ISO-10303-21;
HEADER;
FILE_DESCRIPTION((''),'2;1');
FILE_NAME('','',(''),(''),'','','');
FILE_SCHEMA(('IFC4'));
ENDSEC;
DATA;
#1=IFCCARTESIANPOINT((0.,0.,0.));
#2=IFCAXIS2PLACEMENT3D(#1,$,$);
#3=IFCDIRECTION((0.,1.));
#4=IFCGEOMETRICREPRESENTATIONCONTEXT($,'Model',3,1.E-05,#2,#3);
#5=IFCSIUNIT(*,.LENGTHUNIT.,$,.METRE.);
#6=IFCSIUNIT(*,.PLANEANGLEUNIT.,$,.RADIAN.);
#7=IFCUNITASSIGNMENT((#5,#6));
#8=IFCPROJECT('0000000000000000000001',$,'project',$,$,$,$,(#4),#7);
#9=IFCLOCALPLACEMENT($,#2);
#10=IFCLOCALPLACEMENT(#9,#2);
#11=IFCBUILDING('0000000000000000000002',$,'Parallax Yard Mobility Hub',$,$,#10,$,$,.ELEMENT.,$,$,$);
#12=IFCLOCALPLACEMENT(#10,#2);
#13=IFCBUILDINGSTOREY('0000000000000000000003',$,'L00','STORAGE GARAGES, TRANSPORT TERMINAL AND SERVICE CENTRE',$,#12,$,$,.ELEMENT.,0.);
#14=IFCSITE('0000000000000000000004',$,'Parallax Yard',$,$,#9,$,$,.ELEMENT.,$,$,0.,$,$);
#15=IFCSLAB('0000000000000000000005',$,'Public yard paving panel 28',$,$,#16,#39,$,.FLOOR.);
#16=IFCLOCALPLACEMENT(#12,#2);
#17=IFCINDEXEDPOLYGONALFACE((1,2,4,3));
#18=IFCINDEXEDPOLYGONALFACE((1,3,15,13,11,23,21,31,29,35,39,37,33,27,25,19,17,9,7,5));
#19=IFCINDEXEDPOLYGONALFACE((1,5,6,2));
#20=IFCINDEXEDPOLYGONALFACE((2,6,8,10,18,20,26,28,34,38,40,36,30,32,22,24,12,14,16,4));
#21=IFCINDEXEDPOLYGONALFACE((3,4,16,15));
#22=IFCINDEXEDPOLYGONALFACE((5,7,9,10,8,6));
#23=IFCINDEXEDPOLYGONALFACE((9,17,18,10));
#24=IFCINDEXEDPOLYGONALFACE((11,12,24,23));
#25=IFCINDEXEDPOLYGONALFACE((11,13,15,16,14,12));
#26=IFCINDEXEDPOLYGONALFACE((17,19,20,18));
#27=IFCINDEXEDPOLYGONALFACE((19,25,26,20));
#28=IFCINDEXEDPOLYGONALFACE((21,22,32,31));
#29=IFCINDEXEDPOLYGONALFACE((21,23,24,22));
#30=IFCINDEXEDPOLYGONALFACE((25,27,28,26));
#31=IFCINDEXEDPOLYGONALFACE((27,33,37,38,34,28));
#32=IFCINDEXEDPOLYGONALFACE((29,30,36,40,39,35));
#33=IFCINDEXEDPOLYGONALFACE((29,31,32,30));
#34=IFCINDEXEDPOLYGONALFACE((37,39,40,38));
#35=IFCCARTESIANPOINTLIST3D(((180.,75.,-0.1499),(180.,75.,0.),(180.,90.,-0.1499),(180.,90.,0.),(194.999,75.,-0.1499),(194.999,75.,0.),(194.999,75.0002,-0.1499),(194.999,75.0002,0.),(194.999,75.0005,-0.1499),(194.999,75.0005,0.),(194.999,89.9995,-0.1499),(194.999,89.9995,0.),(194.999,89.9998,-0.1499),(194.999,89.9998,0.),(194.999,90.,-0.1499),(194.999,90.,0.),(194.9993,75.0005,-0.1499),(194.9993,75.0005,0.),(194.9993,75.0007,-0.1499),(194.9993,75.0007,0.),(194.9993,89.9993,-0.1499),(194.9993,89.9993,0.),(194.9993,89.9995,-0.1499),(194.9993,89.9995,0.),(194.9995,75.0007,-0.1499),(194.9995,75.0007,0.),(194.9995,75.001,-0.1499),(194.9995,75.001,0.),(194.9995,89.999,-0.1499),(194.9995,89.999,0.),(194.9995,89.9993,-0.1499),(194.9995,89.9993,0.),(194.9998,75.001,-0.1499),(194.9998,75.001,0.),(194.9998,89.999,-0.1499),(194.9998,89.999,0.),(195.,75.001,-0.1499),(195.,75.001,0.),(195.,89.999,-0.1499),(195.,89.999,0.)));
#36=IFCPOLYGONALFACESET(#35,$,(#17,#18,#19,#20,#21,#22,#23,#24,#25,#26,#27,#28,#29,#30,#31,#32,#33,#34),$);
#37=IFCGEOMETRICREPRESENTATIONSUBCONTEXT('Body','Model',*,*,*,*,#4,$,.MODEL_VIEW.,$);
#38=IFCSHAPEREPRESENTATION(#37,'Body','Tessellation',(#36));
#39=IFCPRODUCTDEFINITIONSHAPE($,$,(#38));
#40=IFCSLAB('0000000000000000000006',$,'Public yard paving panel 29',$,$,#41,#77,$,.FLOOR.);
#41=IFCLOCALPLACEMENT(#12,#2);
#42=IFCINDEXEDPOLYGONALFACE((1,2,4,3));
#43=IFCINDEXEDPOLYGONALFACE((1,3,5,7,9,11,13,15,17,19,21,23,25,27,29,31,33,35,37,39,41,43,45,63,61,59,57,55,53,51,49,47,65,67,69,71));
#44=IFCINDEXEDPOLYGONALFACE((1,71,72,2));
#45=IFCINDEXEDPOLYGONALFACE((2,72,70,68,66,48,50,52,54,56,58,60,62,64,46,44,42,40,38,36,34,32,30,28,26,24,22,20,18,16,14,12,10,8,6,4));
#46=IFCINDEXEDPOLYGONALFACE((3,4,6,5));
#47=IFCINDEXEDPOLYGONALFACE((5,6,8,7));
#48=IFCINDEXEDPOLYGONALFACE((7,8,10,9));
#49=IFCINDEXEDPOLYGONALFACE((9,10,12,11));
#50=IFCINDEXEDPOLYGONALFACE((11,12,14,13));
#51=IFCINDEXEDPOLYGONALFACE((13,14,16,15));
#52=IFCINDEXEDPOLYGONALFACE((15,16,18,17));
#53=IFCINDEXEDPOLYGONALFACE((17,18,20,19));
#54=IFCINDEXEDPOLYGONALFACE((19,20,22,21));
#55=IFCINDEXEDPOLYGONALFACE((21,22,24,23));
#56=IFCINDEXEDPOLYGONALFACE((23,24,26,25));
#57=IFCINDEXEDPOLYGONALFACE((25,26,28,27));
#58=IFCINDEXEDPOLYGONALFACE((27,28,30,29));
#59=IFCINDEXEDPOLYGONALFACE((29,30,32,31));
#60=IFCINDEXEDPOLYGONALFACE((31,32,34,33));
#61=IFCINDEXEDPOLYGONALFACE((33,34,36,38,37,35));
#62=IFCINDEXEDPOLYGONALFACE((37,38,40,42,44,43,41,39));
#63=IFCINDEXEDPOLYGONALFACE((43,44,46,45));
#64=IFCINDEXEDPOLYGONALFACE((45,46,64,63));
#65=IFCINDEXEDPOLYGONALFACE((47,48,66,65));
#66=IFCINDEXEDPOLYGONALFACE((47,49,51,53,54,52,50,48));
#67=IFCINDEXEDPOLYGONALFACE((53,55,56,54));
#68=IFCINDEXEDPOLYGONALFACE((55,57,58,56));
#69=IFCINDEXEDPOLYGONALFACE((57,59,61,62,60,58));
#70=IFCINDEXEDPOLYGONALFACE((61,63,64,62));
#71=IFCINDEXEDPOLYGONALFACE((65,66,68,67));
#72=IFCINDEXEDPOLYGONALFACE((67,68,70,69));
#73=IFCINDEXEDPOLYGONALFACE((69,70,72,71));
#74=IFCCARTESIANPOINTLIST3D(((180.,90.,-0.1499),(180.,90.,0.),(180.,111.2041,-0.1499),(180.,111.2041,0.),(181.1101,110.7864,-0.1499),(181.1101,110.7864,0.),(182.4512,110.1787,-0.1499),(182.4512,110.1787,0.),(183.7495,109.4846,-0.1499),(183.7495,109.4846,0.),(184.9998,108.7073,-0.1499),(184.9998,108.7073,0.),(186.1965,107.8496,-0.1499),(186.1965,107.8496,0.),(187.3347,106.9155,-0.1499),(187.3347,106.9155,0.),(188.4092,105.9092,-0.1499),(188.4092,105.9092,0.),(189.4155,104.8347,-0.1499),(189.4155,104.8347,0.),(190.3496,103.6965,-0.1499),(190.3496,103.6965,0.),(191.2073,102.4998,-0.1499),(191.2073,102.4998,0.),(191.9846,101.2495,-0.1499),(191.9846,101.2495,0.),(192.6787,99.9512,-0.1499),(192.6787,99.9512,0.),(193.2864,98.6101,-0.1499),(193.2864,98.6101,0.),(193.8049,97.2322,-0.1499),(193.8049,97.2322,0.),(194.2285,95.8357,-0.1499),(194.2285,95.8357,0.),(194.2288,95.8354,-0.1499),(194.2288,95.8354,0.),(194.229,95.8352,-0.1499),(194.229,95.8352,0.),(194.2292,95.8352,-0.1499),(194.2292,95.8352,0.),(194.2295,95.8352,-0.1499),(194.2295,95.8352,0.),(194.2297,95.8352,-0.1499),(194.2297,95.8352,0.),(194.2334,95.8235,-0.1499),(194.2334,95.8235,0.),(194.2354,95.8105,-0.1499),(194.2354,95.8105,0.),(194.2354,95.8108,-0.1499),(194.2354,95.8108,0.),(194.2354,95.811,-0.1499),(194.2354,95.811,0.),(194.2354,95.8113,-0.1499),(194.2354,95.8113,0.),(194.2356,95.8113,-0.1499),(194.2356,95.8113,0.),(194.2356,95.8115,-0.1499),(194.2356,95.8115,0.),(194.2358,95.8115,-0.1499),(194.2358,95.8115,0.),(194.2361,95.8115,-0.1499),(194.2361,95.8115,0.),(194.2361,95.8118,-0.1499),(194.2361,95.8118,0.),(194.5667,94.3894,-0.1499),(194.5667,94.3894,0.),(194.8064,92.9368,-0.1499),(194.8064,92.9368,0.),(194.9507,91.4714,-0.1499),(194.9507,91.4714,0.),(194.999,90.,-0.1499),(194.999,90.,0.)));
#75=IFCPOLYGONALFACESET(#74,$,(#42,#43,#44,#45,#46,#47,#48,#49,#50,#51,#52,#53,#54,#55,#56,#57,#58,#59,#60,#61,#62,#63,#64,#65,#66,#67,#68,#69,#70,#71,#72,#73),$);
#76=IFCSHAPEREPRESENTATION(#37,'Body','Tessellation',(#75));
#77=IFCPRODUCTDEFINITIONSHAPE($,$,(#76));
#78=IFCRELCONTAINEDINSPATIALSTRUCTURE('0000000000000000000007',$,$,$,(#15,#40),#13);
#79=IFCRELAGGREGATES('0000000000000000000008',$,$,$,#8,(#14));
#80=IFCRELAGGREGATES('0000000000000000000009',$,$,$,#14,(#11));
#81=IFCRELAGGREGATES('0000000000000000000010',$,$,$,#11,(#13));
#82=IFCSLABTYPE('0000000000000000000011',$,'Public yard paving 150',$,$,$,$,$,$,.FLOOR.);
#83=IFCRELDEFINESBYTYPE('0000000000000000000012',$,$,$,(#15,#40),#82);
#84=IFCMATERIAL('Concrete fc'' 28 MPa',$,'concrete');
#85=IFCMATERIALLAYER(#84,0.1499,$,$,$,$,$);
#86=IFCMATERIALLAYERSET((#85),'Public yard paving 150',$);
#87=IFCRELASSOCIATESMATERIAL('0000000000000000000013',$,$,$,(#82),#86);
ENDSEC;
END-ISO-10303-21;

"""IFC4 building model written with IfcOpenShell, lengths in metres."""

from ifc_helpers import new_model, si_unit, direction, frame, origin, place, context, subcontext, project, spatial, polyline, outline, extrude, material, layer, layer_set, type_object, element, save


model = new_model("IFC4")

# Units and contexts
model_context = context("Model", 3, precision=1e-05, world=origin(), true_north=direction((0.0, 1.0)))
body_context = subcontext(model_context, "Body", "Model", "MODEL_VIEW")
ifc_project = project(units=[si_unit("LENGTHUNIT", "METRE"), si_unit("PLANEANGLEUNIT", "RADIAN")], contexts=[model_context])

# Site, building, storey
site_placement = place(None, origin())
site = spatial("IfcSite", under=ifc_project, at=site_placement, Name="Parallax Yard", CompositionType="ELEMENT", RefElevation=0.0)
building_placement = place(site_placement, origin())
building = spatial("IfcBuilding", under=site, at=building_placement, Name="Parallax Yard Mobility Hub", CompositionType="ELEMENT")
storey_placement = place(building_placement, origin())
storey = spatial("IfcBuildingStorey", under=building, at=storey_placement, Name="L00", Description="STORAGE GARAGES, TRANSPORT TERMINAL AND SERVICE CENTRE", CompositionType="ELEMENT", Elevation=0.0)

# Slabs
ifc_material = material(Name="Concrete fc' 28 MPa", Category="concrete")
ifc_layer_1 = layer(ifc_material, 0.1499)
ifc_layer_set_1 = layer_set([ifc_layer_1], Name="Public yard paving 150")
slab_type_1 = type_object("IfcSlabType", Name="Public yard paving 150", PredefinedType="FLOOR", material=ifc_layer_set_1)
slab_1_placement = place(storey_placement, frame((0.0, 0.0, -0.1499)))
element("IfcSlab", 1, at=slab_1_placement, inside=storey, type_object=slab_type_1, Name="Public yard paving panel 28", PredefinedType="FLOOR", context=body_context, shape_type="SweptSolid", body=[
    extrude(outline(polyline([(194.999, 90.0), (194.999, 90.0), (194.999, 89.9998), (194.999, 89.9998), (194.999, 89.9995), (194.999, 89.9995), (194.9993, 89.9995), (194.9993, 89.9995), (194.9993, 89.9993), (194.9995, 89.9993), (194.9995, 89.9993), (194.9995, 89.999), (194.9995, 89.999), (194.9998, 89.999), (194.9998, 89.999), (195.0, 89.999), (195.0, 89.999), (195.0, 75.001), (195.0, 75.001), (194.9998, 75.001), (194.9998, 75.001), (194.9995, 75.001), (194.9995, 75.001), (194.9995, 75.0007), (194.9995, 75.0007), (194.9993, 75.0007), (194.9993, 75.0005), (194.9993, 75.0005), (194.999, 75.0005), (194.999, 75.0005), (194.999, 75.0002), (194.999, 75.0002), (194.999, 75.0), (194.999, 75.0), (180.0, 75.0), (180.0, 90.0), (194.999, 90.0), (194.999, 90.0)])), origin(), (0.0, 0.0, 1.0), 0.1499),
])
slab_2_placement = place(storey_placement, frame((0.0, 0.0, -0.1499)))
element("IfcSlab", 2, at=slab_2_placement, inside=storey, type_object=slab_type_1, Name="Public yard paving panel 29", PredefinedType="FLOOR", context=body_context, shape_type="SweptSolid", body=[
    extrude(outline(polyline([(181.1101, 110.7864), (182.4512, 110.1787), (183.7495, 109.4846), (184.9998, 108.7073), (186.1965, 107.8496), (187.3347, 106.9155), (188.4092, 105.9092), (189.4155, 104.8347), (190.3496, 103.6965), (191.2073, 102.4998), (191.9846, 101.2495), (192.6787, 99.9512), (193.2864, 98.6101), (193.8049, 97.2322), (194.2285, 95.8357), (194.2285, 95.8357), (194.2285, 95.8357), (194.2288, 95.8354), (194.2288, 95.8354), (194.2288, 95.8354), (194.229, 95.8352), (194.229, 95.8352), (194.229, 95.8352), (194.229, 95.8352), (194.2292, 95.8352), (194.2292, 95.8352), (194.2295, 95.8352), (194.2295, 95.8352), (194.2295, 95.8352), (194.2297, 95.8352), (194.2297, 95.8352), (194.2297, 95.8352), (194.2334, 95.8235), (194.2361, 95.8118), (194.2361, 95.8118), (194.2361, 95.8115), (194.2358, 95.8115), (194.2358, 95.8115), (194.2356, 95.8115), (194.2356, 95.8113), (194.2356, 95.8113), (194.2356, 95.8113), (194.2354, 95.8113), (194.2354, 95.811), (194.2354, 95.811), (194.2354, 95.811), (194.2354, 95.8108), (194.2354, 95.8108), (194.2354, 95.8108), (194.2354, 95.8105), (194.2354, 95.8105), (194.5667, 94.3894), (194.8064, 92.9368), (194.9507, 91.4714), (194.999, 90.0), (180.0, 90.0), (180.0, 111.2041), (181.1101, 110.7864)])), origin(), (0.0, 0.0, 1.0), 0.1499),
])

save(model, "model.ifc")
